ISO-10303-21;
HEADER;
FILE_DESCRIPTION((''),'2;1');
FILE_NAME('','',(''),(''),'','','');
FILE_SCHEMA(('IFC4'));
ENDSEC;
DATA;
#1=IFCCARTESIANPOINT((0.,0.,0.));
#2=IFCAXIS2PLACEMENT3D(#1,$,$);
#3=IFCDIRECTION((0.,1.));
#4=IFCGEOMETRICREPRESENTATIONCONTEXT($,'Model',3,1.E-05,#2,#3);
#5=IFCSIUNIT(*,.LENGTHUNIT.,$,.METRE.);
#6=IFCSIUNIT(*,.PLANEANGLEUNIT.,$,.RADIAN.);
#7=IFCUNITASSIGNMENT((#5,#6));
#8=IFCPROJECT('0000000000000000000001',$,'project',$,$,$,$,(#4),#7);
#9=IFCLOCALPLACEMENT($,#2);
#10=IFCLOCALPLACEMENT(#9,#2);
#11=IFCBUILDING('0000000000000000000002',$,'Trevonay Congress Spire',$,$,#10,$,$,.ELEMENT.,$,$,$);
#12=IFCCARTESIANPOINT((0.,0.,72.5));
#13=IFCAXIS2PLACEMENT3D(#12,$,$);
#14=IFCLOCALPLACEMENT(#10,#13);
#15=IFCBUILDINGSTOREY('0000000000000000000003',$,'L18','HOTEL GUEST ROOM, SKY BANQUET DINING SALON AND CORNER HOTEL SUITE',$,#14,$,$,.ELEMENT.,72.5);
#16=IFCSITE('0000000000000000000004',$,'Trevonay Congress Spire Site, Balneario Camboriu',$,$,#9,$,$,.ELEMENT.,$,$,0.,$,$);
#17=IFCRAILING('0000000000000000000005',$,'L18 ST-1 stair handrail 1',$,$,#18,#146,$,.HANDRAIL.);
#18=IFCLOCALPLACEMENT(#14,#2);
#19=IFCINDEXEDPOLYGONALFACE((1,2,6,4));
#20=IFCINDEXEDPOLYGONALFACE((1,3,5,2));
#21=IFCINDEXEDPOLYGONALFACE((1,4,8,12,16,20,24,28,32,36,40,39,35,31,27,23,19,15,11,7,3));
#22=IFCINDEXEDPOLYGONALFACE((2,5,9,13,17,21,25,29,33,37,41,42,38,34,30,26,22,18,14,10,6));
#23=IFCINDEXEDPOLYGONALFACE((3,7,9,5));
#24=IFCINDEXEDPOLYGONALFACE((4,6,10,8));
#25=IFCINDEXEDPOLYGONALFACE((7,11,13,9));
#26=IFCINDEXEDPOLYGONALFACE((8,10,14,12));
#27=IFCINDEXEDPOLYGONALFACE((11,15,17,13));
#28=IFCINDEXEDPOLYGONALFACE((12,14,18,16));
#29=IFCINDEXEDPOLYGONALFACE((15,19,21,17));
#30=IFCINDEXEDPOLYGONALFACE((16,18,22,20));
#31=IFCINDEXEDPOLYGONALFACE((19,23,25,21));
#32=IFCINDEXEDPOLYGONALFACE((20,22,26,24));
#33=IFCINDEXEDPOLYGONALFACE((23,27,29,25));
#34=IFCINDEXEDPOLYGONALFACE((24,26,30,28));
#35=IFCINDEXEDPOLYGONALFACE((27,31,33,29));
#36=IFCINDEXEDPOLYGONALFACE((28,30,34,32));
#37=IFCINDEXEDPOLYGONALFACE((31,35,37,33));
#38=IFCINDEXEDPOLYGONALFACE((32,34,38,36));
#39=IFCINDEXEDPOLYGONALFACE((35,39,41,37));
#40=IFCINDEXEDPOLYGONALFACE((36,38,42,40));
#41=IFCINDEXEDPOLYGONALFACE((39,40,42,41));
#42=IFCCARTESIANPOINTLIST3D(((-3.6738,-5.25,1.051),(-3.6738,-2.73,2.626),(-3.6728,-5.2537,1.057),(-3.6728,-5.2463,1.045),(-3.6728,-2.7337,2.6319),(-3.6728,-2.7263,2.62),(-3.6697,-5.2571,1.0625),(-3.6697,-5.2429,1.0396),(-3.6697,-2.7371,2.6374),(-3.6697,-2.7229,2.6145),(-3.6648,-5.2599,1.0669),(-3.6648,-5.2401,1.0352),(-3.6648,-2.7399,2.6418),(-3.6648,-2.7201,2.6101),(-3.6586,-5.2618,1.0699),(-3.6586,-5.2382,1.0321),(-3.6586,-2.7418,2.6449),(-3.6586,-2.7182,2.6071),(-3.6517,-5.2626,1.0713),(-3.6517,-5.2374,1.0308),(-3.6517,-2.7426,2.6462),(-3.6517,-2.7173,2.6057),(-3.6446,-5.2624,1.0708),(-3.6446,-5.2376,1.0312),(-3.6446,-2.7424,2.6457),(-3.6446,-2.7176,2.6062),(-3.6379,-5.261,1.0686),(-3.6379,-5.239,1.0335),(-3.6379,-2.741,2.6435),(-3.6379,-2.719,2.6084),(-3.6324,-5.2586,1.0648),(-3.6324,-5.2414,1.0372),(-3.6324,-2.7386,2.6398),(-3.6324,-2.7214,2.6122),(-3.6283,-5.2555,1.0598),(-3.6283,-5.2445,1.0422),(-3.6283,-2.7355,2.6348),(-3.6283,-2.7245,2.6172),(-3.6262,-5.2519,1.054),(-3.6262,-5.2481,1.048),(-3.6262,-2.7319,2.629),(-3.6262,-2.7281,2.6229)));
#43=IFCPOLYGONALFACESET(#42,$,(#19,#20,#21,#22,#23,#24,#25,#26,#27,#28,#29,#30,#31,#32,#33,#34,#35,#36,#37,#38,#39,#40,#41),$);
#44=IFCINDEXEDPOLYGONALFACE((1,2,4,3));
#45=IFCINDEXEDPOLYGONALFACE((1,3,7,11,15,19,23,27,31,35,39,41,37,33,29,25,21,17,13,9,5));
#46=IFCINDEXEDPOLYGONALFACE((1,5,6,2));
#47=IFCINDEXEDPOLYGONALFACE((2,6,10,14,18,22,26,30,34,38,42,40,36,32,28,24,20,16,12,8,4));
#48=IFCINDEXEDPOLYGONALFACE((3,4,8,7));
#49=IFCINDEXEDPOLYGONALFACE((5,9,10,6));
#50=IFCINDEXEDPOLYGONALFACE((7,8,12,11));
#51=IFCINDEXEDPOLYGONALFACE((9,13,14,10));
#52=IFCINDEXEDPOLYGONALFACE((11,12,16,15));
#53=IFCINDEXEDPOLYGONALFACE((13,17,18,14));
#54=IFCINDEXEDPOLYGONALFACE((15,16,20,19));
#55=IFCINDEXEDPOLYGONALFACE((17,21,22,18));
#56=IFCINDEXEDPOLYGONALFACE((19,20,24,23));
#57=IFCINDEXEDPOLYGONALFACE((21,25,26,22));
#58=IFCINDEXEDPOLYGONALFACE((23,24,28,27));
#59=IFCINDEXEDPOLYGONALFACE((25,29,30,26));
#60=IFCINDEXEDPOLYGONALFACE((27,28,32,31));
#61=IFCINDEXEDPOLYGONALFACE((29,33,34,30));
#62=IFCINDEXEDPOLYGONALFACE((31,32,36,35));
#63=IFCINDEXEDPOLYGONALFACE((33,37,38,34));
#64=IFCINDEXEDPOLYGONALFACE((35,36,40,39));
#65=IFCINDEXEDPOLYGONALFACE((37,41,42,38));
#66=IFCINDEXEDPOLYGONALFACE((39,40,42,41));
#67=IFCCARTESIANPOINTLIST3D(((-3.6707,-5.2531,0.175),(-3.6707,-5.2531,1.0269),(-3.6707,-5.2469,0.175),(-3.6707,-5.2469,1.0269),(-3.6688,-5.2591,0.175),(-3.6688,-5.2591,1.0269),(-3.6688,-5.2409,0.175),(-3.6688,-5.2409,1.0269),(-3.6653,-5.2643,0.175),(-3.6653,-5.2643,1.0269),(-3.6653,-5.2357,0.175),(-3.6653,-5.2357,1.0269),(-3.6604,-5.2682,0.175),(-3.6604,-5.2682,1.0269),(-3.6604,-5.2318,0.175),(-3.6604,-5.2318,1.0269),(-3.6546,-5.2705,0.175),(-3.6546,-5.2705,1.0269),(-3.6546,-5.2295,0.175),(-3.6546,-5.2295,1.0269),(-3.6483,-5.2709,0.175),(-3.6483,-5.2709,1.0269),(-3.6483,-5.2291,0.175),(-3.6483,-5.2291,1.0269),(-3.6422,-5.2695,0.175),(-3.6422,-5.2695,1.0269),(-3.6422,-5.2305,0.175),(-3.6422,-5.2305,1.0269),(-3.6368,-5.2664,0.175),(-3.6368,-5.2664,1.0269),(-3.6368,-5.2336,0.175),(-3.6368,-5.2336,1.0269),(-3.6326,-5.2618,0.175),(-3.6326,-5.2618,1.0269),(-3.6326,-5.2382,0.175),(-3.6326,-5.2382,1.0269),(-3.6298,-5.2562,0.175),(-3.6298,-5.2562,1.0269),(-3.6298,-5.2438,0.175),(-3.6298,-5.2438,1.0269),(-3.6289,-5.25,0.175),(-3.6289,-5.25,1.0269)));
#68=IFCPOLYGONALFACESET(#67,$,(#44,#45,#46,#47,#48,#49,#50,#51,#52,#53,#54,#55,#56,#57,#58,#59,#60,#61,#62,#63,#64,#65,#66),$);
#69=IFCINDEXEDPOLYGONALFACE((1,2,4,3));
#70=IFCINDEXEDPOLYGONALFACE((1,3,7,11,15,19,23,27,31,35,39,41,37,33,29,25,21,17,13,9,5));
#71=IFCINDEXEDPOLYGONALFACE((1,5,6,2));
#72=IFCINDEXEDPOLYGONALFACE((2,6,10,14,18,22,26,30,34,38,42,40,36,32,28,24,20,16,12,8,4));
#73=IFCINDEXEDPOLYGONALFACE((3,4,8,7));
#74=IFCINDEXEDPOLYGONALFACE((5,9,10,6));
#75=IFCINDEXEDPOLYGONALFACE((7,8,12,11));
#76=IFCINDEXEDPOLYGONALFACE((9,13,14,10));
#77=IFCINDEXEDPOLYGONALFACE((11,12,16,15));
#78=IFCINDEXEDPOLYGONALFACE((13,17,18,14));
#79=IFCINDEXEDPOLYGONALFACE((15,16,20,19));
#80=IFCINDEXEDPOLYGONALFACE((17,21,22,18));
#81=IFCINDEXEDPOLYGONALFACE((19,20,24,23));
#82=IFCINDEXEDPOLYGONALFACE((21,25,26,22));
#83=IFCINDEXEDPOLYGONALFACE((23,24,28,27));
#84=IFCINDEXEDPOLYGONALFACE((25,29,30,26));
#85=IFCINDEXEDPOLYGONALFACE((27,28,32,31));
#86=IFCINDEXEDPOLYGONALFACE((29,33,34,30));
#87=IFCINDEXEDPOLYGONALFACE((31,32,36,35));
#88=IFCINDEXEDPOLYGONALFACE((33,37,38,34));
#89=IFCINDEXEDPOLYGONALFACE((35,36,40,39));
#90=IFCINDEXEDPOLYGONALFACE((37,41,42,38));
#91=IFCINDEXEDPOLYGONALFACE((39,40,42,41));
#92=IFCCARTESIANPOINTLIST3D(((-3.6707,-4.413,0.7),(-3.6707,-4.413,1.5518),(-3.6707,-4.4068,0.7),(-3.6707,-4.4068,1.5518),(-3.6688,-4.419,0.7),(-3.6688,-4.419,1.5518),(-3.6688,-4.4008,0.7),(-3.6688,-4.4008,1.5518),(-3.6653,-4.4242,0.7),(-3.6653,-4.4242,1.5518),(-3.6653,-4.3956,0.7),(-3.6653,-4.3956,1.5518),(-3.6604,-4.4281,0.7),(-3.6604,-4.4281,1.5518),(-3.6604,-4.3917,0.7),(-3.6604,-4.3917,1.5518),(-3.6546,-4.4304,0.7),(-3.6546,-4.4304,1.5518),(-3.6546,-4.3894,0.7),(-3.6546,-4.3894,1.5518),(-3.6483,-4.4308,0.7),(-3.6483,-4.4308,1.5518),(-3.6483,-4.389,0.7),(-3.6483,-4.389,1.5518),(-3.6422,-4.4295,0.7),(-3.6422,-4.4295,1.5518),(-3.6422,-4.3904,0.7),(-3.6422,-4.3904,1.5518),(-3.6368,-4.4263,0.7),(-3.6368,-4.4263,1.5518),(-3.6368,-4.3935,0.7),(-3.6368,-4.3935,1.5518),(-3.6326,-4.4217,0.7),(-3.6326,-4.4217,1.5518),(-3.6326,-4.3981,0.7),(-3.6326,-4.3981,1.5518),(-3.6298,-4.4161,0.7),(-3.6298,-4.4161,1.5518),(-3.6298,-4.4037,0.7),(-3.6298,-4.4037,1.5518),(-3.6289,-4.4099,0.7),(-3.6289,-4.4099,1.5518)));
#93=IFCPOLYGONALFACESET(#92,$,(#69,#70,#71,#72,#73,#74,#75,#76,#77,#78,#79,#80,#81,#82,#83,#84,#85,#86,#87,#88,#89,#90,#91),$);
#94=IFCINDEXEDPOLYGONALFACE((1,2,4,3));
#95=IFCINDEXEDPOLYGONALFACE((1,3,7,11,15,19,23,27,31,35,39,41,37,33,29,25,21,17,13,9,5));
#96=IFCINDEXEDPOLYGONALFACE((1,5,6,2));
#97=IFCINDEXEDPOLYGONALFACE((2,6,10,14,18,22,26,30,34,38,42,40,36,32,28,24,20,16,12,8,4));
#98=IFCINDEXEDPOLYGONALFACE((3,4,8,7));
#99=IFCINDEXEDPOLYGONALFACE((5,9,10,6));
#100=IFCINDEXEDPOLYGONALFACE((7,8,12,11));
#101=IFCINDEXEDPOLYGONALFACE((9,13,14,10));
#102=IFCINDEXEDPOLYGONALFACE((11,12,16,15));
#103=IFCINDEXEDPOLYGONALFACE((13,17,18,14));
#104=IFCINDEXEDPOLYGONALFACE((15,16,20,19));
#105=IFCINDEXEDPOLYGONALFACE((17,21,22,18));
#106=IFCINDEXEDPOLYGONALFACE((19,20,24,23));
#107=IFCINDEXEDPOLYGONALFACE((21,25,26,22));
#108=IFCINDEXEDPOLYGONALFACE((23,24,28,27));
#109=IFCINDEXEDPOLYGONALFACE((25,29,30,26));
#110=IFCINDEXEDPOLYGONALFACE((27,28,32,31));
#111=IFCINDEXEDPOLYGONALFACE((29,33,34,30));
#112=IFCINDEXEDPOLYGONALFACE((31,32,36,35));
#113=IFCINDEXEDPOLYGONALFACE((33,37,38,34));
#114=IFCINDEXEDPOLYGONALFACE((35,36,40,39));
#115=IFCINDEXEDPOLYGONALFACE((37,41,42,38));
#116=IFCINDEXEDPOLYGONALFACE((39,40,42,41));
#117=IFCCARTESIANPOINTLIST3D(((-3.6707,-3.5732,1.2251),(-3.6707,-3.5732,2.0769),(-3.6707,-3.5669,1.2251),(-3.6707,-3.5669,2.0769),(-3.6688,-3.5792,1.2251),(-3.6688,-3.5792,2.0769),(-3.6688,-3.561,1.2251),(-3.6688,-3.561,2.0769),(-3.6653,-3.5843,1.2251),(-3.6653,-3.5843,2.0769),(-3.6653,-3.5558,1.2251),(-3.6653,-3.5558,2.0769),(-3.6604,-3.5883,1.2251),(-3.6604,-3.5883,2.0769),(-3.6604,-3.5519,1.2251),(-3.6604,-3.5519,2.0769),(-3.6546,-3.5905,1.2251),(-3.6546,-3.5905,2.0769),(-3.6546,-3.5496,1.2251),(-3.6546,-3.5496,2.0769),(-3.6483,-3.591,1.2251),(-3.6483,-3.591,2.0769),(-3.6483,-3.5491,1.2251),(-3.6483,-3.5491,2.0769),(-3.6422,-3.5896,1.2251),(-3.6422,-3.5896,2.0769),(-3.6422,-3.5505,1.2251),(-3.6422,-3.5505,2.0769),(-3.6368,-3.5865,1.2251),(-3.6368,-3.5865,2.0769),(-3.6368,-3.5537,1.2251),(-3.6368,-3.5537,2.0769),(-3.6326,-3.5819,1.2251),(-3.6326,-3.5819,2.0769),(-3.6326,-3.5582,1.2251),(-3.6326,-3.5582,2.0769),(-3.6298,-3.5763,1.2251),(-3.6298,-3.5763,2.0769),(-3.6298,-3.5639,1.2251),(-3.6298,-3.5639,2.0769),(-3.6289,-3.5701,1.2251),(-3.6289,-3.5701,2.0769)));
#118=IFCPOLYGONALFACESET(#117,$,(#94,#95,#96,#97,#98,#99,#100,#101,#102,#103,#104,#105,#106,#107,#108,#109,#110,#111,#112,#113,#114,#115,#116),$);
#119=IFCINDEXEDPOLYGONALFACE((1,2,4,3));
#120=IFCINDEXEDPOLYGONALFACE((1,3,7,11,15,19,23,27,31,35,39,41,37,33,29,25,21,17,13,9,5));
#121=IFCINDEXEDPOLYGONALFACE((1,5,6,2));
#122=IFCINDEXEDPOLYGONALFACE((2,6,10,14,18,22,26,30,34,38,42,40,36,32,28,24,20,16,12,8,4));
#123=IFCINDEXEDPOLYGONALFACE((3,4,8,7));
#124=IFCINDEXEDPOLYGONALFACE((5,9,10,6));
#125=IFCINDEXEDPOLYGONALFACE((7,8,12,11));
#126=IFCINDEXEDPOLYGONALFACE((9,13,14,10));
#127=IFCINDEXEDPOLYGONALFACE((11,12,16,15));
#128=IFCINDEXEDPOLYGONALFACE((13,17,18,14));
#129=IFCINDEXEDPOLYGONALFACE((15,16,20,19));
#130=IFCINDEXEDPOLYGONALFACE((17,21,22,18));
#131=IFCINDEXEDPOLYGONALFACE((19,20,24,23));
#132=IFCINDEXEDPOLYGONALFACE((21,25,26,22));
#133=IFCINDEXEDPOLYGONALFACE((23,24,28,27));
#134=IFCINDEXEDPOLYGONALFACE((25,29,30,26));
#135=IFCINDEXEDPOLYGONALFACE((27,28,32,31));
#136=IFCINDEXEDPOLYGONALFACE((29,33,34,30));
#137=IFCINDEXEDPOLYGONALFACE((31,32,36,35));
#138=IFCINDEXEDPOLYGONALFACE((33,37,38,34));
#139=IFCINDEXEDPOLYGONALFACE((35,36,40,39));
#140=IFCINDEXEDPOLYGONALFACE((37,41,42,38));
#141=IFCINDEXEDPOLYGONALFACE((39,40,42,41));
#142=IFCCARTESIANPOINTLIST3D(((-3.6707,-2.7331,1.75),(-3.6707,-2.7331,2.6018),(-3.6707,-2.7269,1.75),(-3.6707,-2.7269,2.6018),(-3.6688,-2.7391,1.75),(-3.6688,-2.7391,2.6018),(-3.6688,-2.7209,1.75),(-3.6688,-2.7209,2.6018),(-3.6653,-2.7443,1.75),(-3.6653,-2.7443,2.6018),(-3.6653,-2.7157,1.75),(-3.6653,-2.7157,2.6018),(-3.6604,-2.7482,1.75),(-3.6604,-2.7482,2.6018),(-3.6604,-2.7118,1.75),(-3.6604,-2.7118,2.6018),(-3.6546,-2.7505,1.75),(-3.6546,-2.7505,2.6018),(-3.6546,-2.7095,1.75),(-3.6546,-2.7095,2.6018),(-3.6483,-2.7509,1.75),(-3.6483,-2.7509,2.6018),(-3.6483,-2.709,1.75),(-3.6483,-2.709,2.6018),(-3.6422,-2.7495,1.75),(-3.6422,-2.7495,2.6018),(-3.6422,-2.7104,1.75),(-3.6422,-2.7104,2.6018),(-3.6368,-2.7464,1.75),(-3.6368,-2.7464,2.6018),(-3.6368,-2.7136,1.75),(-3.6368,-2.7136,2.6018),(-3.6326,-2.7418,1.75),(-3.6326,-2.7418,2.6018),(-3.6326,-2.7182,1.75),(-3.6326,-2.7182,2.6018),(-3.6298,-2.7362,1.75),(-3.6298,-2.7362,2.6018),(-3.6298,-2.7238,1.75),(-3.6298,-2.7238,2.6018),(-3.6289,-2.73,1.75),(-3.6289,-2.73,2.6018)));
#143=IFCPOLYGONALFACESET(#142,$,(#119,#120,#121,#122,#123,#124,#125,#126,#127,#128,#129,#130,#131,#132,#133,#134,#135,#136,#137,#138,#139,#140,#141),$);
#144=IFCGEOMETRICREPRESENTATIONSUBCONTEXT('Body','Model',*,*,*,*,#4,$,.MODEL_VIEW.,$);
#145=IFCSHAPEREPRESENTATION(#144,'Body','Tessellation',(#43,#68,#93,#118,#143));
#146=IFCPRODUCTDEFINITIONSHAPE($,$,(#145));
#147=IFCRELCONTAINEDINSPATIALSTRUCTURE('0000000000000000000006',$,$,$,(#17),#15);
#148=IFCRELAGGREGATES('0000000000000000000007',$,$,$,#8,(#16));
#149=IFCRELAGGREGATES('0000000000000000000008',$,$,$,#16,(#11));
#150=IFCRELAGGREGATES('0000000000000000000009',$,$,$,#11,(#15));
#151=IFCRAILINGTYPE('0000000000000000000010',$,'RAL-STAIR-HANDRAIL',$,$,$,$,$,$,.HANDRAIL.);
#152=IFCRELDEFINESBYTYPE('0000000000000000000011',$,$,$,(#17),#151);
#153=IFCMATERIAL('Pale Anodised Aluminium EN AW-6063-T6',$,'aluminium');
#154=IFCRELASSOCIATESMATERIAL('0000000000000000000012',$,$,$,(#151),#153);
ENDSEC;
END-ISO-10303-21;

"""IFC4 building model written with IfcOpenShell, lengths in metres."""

from ifc_helpers import new_model, si_unit, direction, frame, origin, origin_2d, place, context, subcontext, project, spatial, circle, extrude, material, type_object, element, save


model = new_model("IFC4")

# Units and contexts
model_context = context("Model", 3, precision=1e-05, world=origin(), true_north=direction((0.0, 1.0)))
body_context = subcontext(model_context, "Body", "Model", "MODEL_VIEW")
ifc_project = project(units=[si_unit("LENGTHUNIT", "METRE"), si_unit("PLANEANGLEUNIT", "RADIAN")], contexts=[model_context])

# Site, building, storey
site_placement = place(None, origin())
site = spatial("IfcSite", under=ifc_project, at=site_placement, Name="Trevonay Congress Spire Site, Balneario Camboriu", CompositionType="ELEMENT", RefElevation=0.0)
building_placement = place(site_placement, origin())
building = spatial("IfcBuilding", under=site, at=building_placement, Name="Trevonay Congress Spire", CompositionType="ELEMENT")
storey_placement = place(building_placement, frame((0.0, 0.0, 72.5)))
storey = spatial("IfcBuildingStorey", under=building, at=storey_placement, Name="L18", Description="HOTEL GUEST ROOM, SKY BANQUET DINING SALON AND CORNER HOTEL SUITE", CompositionType="ELEMENT", Elevation=72.5)

# Shared definitions
ifc_material_1 = material(Name="Pale Anodised Aluminium EN AW-6063-T6", Category="aluminium")

# Railing
railing_type_1 = type_object("IfcRailingType", Name="RAL-STAIR-HANDRAIL", PredefinedType="HANDRAIL", material=ifc_material_1)
railing_1_placement = place(storey_placement, frame((-3.6499, -5.25, 0.175)))
element("IfcRailing", 1, at=railing_1_placement, inside=storey, type_object=railing_type_1, Name="L18 ST-1 stair handrail 1", PredefinedType="HANDRAIL", context=body_context, shape_type="SweptSolid", body=[
    extrude(circle(Radius=0.0239, at=origin_2d()), frame((0.0, 0.0, 0.876), z_axis=(0.0, 0.848008, 0.529984), x_axis=(-1.0, 0.0, 0.0)), (0.0, 0.0, 1.0), 2.9717),
    extrude(circle(Radius=0.021, at=origin_2d()), origin(), (0.0, 0.0, 1.0), 0.8518),
    extrude(circle(Radius=0.021, at=origin_2d()), frame((0.0, 0.8401, 0.5249)), (0.0, 0.0, 1.0), 0.8518),
    extrude(circle(Radius=0.021, at=origin_2d()), frame((0.0, 1.6799, 1.05)), (0.0, 0.0, 1.0), 0.8518),
    extrude(circle(Radius=0.021, at=origin_2d()), frame((0.0, 2.52, 1.575)), (0.0, 0.0, 1.0), 0.8518),
])

save(model, "model.ifc")
